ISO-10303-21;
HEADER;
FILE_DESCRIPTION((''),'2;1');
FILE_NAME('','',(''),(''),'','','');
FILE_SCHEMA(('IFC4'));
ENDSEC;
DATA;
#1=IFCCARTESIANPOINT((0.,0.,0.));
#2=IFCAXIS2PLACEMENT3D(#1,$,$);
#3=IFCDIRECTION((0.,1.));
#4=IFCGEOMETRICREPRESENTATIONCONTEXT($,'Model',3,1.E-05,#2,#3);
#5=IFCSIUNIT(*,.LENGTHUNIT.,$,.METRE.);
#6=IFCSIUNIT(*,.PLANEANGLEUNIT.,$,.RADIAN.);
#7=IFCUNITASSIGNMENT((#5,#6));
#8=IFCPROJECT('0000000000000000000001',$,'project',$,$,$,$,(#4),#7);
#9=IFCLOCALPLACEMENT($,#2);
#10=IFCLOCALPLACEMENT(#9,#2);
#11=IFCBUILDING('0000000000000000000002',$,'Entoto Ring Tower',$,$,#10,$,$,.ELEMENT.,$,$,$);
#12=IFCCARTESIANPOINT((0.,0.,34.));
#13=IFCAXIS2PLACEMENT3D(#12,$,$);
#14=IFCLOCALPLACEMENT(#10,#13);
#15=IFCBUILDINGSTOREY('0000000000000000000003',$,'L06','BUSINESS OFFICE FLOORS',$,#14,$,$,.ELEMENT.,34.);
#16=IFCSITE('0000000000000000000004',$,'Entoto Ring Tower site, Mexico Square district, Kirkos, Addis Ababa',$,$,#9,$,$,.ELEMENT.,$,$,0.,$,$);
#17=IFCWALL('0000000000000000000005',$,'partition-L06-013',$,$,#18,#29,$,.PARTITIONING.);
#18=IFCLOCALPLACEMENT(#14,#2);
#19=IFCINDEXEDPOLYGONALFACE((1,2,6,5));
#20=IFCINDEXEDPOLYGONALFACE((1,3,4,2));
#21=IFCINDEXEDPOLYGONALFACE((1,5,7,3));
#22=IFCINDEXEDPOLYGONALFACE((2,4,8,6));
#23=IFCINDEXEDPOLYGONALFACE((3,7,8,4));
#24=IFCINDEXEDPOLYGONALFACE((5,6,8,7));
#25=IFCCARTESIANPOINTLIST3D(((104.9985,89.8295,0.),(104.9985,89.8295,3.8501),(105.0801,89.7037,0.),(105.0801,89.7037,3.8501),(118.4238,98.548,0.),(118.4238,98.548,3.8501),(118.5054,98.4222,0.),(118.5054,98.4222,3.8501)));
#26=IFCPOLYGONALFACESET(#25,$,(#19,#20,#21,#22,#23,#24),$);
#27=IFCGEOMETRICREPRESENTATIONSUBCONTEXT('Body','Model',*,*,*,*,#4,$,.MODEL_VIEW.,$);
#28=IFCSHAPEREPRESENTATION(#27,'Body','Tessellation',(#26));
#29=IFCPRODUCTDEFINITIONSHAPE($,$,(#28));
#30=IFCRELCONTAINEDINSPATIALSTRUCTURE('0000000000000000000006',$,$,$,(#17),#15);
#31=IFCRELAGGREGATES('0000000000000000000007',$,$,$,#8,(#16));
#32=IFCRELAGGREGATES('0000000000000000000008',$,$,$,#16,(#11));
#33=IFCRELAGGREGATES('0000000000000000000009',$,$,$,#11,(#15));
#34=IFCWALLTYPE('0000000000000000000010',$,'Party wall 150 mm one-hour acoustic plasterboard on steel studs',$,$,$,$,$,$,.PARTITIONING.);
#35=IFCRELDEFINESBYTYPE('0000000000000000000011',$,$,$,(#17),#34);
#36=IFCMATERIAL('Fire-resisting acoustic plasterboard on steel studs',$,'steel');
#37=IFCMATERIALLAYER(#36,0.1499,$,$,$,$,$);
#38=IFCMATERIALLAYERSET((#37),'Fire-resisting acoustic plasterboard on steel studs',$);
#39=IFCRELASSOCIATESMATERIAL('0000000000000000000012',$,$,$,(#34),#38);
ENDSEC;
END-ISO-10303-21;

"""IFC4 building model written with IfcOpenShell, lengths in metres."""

from ifc_helpers import new_model, si_unit, direction, frame, frame_2d, origin, place, context, subcontext, project, spatial, rectangle, extrude, material, layer, layer_set, type_object, element, save


model = new_model("IFC4")

# Units and contexts
model_context = context("Model", 3, precision=1e-05, world=origin(), true_north=direction((0.0, 1.0)))
body_context = subcontext(model_context, "Body", "Model", "MODEL_VIEW")
ifc_project = project(units=[si_unit("LENGTHUNIT", "METRE"), si_unit("PLANEANGLEUNIT", "RADIAN")], contexts=[model_context])

# Site, building, storey
site_placement = place(None, origin())
site = spatial("IfcSite", under=ifc_project, at=site_placement, Name="Entoto Ring Tower site, Mexico Square district, Kirkos, Addis Ababa", CompositionType="ELEMENT", RefElevation=0.0)
building_placement = place(site_placement, origin())
building = spatial("IfcBuilding", under=site, at=building_placement, Name="Entoto Ring Tower", CompositionType="ELEMENT")
storey_placement = place(building_placement, frame((0.0, 0.0, 34.0)))
storey = spatial("IfcBuildingStorey", under=building, at=storey_placement, Name="L06", Description="BUSINESS OFFICE FLOORS", CompositionType="ELEMENT", Elevation=34.0)

# Wall
ifc_material_1 = material(Name="Fire-resisting acoustic plasterboard on steel studs", Category="steel")
ifc_layer_1 = layer(ifc_material_1, 0.1499)
ifc_layer_set_1 = layer_set([ifc_layer_1], Name="Fire-resisting acoustic plasterboard on steel studs")
wall_type_1 = type_object("IfcWallType", Name="Party wall 150 mm one-hour acoustic plasterboard on steel studs", PredefinedType="PARTITIONING", material=ifc_layer_set_1)
wall_1_placement = place(storey_placement, frame((105.0393, 89.7666, 0.0), z_axis=(0.0, 0.0, 1.0), x_axis=(0.83867, 0.54464, 0.0)))
element("IfcWall", 1, at=wall_1_placement, inside=storey, type_object=wall_type_1, Name="partition-L06-013", PredefinedType="PARTITIONING", context=body_context, shape_type="SweptSolid", body=[
    extrude(rectangle(XDim=16.0078, YDim=0.1499, at=frame_2d((8.0039, 0.0))), origin(), (0.0, 0.0, 1.0), 3.8501),
])

save(model, "model.ifc")
